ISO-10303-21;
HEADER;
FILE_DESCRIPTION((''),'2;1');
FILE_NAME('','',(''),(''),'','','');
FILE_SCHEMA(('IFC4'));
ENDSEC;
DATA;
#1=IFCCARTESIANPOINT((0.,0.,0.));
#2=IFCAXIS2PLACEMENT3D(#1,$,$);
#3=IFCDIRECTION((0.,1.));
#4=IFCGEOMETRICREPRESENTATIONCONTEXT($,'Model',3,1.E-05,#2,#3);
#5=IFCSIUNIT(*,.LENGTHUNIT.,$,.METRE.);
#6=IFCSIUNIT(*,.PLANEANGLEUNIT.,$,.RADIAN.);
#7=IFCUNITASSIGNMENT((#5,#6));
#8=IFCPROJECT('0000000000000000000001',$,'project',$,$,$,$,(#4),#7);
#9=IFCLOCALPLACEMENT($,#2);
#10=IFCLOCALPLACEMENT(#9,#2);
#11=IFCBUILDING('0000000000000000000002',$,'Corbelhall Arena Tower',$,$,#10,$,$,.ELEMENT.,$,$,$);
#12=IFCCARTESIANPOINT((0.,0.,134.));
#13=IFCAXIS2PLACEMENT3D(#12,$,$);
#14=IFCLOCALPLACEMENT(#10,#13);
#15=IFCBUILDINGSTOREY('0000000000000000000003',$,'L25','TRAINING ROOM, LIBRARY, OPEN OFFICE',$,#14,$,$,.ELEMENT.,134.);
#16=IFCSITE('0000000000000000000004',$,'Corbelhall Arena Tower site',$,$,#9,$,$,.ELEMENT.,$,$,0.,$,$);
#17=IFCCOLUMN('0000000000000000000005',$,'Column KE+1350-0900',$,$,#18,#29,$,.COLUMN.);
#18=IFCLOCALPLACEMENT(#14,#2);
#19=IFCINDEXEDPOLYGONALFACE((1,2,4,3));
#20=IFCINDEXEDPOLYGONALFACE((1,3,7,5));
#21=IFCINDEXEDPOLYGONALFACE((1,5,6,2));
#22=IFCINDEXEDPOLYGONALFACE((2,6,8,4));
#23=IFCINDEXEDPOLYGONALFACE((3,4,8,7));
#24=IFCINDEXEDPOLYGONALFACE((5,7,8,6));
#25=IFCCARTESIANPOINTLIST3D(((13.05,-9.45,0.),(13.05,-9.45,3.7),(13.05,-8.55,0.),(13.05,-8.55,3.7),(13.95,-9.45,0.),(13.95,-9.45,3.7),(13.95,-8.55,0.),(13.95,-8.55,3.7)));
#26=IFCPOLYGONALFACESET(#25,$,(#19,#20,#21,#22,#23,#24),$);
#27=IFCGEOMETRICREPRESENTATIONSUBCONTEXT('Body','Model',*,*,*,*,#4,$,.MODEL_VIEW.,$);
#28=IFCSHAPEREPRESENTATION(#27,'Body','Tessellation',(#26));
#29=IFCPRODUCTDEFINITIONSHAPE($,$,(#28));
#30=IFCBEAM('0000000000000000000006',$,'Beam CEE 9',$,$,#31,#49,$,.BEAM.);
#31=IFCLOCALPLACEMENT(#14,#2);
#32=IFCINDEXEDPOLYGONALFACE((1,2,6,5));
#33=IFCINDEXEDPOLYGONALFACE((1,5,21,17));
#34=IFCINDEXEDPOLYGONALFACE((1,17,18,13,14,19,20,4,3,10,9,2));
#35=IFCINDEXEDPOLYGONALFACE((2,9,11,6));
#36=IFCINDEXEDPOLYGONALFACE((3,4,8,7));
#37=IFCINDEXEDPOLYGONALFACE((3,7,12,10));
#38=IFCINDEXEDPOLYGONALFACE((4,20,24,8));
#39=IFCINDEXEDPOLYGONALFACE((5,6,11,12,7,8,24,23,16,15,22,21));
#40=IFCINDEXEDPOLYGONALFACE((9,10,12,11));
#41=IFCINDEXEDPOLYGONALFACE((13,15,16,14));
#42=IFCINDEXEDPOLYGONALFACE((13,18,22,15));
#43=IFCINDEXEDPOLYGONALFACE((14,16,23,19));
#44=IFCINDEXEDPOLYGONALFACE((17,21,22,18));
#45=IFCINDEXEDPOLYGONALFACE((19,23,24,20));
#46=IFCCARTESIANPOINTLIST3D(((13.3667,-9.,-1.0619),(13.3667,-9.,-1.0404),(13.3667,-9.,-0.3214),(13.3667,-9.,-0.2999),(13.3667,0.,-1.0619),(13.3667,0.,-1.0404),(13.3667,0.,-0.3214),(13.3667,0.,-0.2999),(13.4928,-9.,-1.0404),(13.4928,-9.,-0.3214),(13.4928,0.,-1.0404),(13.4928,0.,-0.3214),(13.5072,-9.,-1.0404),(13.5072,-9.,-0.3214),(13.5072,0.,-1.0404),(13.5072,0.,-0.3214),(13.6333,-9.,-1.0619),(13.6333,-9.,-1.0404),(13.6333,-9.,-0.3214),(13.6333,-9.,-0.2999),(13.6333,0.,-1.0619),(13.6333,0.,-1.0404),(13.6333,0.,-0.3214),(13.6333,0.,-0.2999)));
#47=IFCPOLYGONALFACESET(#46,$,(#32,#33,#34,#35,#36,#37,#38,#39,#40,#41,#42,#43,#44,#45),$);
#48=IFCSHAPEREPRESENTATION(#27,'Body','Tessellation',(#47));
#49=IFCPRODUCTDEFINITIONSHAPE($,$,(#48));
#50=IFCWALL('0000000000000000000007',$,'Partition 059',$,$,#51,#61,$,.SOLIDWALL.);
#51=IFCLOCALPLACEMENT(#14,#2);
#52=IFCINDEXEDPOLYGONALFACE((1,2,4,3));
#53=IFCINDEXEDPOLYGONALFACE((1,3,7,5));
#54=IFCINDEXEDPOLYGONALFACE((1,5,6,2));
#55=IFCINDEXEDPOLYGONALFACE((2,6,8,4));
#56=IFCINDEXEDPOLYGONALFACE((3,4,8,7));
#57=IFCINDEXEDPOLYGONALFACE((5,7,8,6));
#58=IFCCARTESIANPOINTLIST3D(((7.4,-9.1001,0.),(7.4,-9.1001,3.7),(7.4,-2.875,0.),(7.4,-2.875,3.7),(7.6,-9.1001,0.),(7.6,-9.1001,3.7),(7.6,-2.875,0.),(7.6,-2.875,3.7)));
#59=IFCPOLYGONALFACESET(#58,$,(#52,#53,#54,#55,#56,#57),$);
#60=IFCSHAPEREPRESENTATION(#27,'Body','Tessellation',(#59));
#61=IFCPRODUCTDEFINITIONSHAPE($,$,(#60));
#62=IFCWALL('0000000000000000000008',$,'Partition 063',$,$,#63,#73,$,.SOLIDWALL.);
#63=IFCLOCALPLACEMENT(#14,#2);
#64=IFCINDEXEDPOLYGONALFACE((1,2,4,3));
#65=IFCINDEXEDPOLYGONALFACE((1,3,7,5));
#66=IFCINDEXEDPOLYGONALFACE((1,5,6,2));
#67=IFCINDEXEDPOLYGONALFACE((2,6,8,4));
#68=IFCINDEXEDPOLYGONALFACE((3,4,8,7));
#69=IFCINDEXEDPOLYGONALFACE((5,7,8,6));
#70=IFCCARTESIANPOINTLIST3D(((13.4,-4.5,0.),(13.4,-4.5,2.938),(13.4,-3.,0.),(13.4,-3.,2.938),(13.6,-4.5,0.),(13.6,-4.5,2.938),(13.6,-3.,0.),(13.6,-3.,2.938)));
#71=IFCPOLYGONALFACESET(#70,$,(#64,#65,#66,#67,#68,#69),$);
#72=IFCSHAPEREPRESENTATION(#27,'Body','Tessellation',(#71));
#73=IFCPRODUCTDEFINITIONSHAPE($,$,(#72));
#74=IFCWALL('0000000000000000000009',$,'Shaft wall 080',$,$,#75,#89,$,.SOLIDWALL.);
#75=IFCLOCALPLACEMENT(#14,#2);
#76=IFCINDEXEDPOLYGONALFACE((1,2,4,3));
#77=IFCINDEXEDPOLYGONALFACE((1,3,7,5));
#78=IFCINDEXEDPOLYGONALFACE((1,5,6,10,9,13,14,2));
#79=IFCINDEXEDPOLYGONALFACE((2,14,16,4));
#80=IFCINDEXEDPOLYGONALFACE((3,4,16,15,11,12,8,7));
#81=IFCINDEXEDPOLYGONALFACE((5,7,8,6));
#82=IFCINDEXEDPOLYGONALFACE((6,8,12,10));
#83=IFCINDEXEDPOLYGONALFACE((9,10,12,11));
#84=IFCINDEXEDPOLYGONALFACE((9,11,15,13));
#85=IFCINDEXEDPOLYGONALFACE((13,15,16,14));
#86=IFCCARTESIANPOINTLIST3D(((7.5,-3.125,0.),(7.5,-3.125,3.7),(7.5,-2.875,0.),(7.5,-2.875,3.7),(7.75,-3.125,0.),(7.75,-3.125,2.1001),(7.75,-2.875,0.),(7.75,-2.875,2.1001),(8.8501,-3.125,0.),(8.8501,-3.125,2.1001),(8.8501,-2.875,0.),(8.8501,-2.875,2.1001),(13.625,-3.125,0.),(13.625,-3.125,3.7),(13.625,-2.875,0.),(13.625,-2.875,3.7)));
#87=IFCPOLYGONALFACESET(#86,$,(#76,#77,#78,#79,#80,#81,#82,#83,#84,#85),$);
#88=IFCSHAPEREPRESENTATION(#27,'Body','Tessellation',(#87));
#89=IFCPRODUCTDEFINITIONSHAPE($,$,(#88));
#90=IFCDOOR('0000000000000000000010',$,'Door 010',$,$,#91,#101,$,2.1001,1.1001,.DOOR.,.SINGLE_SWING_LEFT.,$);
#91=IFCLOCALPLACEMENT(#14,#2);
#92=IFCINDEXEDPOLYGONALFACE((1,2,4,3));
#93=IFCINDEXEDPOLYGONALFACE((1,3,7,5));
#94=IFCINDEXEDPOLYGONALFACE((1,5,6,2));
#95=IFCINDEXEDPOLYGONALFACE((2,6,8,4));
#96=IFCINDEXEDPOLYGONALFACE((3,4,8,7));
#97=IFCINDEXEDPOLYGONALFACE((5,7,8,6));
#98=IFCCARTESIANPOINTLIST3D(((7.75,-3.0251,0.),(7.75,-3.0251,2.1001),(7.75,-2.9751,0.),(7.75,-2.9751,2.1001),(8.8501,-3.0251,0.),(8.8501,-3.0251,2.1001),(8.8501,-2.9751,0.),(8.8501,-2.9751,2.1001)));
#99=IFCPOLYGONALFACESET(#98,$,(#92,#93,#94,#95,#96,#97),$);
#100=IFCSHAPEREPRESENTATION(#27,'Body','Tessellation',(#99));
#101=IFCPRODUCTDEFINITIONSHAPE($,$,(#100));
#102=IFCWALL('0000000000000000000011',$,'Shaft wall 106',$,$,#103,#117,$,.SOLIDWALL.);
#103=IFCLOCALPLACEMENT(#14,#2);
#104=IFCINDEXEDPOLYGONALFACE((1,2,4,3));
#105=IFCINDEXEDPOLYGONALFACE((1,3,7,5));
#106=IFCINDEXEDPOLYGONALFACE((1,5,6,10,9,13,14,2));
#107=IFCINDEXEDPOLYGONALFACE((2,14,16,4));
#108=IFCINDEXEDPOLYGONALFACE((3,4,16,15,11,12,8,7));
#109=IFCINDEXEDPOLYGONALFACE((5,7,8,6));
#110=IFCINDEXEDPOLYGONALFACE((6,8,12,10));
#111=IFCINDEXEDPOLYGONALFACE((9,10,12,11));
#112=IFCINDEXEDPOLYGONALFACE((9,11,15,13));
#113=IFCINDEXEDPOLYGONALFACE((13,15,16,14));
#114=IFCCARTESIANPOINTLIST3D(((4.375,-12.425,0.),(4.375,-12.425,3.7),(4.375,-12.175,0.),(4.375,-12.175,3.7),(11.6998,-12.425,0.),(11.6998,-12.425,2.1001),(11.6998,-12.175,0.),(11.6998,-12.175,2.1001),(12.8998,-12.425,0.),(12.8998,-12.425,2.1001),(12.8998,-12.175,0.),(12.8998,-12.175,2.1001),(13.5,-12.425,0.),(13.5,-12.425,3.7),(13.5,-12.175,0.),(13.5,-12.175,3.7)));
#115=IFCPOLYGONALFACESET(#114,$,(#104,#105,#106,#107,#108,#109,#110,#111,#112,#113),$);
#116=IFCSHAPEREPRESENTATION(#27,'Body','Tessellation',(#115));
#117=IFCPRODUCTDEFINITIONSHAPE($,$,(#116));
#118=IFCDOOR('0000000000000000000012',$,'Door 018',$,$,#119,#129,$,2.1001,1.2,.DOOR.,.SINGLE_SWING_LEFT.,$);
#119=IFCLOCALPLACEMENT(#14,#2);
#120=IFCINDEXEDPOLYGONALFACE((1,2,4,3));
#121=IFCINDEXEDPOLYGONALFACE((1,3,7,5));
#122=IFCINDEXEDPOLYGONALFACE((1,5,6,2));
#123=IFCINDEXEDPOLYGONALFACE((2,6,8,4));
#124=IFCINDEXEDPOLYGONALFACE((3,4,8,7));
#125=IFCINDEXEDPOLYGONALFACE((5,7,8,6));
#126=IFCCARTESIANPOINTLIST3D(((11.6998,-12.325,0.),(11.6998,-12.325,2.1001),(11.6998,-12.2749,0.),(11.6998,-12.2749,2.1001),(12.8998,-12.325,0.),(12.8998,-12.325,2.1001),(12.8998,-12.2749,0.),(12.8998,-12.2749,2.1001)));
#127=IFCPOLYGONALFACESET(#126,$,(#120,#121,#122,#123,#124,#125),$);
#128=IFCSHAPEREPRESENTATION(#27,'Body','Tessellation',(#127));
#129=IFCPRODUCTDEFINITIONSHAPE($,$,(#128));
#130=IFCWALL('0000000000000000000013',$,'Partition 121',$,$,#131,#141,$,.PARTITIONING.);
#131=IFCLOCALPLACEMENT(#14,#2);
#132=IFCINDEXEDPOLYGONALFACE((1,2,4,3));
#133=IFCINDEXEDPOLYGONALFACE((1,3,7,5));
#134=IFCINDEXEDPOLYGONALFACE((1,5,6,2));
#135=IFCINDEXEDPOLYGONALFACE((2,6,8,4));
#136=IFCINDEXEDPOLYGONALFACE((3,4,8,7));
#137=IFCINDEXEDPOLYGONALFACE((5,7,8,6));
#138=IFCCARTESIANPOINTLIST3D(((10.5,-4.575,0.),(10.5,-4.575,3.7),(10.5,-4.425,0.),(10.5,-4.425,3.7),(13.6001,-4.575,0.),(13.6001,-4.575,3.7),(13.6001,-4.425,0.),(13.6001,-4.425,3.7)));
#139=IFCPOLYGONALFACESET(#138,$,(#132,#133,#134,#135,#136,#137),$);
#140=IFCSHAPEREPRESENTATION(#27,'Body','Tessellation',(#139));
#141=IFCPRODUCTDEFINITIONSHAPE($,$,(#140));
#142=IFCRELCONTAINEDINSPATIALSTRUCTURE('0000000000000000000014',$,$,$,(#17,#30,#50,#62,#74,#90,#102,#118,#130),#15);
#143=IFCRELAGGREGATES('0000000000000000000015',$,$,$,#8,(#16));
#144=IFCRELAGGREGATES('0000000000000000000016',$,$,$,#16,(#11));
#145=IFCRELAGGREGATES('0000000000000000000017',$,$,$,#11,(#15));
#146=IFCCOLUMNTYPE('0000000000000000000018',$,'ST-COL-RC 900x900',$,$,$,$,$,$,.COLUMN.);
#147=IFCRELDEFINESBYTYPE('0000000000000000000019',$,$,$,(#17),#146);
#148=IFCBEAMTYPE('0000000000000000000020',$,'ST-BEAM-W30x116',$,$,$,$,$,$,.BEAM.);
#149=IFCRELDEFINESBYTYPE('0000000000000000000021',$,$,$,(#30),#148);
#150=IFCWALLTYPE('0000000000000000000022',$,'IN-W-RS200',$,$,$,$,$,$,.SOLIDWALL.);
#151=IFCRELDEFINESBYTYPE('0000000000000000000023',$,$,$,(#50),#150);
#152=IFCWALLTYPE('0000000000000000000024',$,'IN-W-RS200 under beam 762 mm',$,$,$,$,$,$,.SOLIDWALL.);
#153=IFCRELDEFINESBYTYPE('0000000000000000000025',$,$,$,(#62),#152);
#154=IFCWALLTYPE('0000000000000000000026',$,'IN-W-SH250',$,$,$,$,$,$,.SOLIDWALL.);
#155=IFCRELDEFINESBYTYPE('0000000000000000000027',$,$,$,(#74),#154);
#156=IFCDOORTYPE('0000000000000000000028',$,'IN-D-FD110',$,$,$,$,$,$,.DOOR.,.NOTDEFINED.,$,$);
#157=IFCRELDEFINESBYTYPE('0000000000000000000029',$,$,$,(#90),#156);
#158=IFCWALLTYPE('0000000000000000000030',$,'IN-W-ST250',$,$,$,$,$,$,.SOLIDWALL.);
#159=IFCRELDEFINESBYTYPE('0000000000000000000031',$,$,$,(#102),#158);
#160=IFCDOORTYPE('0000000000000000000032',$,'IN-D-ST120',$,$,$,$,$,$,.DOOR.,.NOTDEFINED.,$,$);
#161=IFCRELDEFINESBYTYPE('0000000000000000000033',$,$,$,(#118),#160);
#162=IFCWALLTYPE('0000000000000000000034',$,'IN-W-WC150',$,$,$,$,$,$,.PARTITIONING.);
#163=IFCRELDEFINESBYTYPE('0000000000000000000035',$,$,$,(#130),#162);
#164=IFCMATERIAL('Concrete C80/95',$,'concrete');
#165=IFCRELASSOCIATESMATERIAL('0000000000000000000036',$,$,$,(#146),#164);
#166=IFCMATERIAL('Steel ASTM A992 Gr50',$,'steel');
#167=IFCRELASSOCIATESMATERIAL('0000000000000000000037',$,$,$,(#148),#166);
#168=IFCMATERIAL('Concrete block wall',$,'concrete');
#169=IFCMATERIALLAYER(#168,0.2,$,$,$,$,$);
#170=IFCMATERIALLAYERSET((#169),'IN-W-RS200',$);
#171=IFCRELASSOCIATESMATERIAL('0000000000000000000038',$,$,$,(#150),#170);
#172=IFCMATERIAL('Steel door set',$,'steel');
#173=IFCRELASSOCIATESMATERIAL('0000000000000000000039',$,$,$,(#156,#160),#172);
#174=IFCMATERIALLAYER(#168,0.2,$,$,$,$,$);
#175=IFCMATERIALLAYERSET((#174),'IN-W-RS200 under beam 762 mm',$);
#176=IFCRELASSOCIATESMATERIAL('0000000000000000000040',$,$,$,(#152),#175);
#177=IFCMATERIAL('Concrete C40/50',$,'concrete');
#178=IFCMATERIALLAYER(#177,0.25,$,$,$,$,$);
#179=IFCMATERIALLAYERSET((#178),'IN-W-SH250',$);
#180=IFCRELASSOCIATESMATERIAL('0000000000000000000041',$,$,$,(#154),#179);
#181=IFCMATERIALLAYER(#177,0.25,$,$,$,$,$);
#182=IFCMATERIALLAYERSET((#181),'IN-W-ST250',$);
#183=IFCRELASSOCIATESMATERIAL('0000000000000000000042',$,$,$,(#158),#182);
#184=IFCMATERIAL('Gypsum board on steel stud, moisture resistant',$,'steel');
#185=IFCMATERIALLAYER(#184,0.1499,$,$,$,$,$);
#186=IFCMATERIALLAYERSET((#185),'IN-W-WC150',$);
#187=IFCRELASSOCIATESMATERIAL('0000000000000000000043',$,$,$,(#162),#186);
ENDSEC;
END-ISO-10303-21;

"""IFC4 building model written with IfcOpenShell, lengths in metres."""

from ifc_helpers import new_model, si_unit, direction, frame, frame_2d, origin, origin_2d, place, context, subcontext, project, spatial, rectangle, i_section, extrude, material, layer, layer_set, material_profile, profile_set, type_object, element, fill, save


model = new_model("IFC4")

# Units and contexts
model_context = context("Model", 3, precision=1e-05, world=origin(), true_north=direction((0.0, 1.0)))
body_context = subcontext(model_context, "Body", "Model", "MODEL_VIEW")
ifc_project = project(units=[si_unit("LENGTHUNIT", "METRE"), si_unit("PLANEANGLEUNIT", "RADIAN")], contexts=[model_context])

# Site, building, storey
site_placement = place(None, origin())
site = spatial("IfcSite", under=ifc_project, at=site_placement, Name="Corbelhall Arena Tower site", CompositionType="ELEMENT", RefElevation=0.0)
building_placement = place(site_placement, origin())
building = spatial("IfcBuilding", under=site, at=building_placement, Name="Corbelhall Arena Tower", CompositionType="ELEMENT")
storey_placement = place(building_placement, frame((0.0, 0.0, 134.0)))
storey = spatial("IfcBuildingStorey", under=building, at=storey_placement, Name="L25", Description="TRAINING ROOM, LIBRARY, OPEN OFFICE", CompositionType="ELEMENT", Elevation=134.0)

# Column
ifc_material_1 = material(Name="Concrete C80/95", Category="concrete")
ifc_material_profile_1 = material_profile(ifc_material_1, rectangle(XDim=0.8999, YDim=0.8999, at=origin_2d()))
ifc_profile_set_1 = profile_set([ifc_material_profile_1], Name="Concrete C80/95")
column_type = type_object("IfcColumnType", Name="ST-COL-RC 900x900", PredefinedType="COLUMN", material=ifc_profile_set_1)
column_placement = place(storey_placement, frame((13.5, -9.0, 0.0), z_axis=(0.0, 0.0, 1.0), x_axis=(1.0, 0.0, 0.0)))
element("IfcColumn", 1, at=column_placement, inside=storey, type_object=column_type, Name="Column KE+1350-0900", PredefinedType="COLUMN", context=body_context, shape_type="SweptSolid", body=[
    extrude(rectangle(XDim=0.8999, YDim=0.8999, at=origin_2d()), origin(), (0.0, 0.0, 1.0), 3.7),
])

# Beam
ifc_material_2 = material(Name="Steel ASTM A992 Gr50", Category="steel")
ifc_material_profile_2 = material_profile(ifc_material_2, i_section(OverallWidth=0.2666, OverallDepth=0.762, WebThickness=0.0144, FlangeThickness=0.0215, at=origin_2d()))
ifc_profile_set_2 = profile_set([ifc_material_profile_2], Name="Steel ASTM A992 Gr50")
beam_type = type_object("IfcBeamType", Name="ST-BEAM-W30x116", PredefinedType="BEAM", material=ifc_profile_set_2)
beam_placement = place(storey_placement, frame((13.5, -9.0, -0.6809), z_axis=(0.0, 1.0, 0.0), x_axis=(-1.0, 0.0, 0.0)))
element("IfcBeam", 2, at=beam_placement, inside=storey, type_object=beam_type, Name="Beam CEE 9", PredefinedType="BEAM", context=body_context, shape_type="SweptSolid", body=[
    extrude(i_section(OverallWidth=0.2666, OverallDepth=0.762, WebThickness=0.0144, FlangeThickness=0.0215, at=origin_2d()), origin(), (0.0, 0.0, 1.0), 9.0),
])

# Shared definitions
ifc_material_3 = material(Name="Steel door set", Category="steel")

# Wall
ifc_material_4 = material(Name="Concrete block wall", Category="concrete")
ifc_layer_1 = layer(ifc_material_4, 0.2)
ifc_layer_set_1 = layer_set([ifc_layer_1], Name="IN-W-RS200")
wall_type_1 = type_object("IfcWallType", Name="IN-W-RS200", PredefinedType="SOLIDWALL", material=ifc_layer_set_1)
wall_1_placement = place(storey_placement, frame((7.5, -2.875, 0.0), z_axis=(0.0, 0.0, 1.0), x_axis=(0.0, -1.0, 0.0)))
element("IfcWall", 3, at=wall_1_placement, inside=storey, type_object=wall_type_1, Name="Partition 059", PredefinedType="SOLIDWALL", context=body_context, shape_type="SweptSolid", body=[
    extrude(rectangle(XDim=6.2251, YDim=0.2, at=frame_2d((3.1125, 0.0))), origin(), (0.0, 0.0, 1.0), 3.7),
])

# Shared definitions
door_type_1 = type_object("IfcDoorType", Name="IN-D-FD110", OperationType="NOTDEFINED", PredefinedType="DOOR", material=ifc_material_3)

# Wall
ifc_layer_2 = layer(ifc_material_4, 0.2)
ifc_layer_set_2 = layer_set([ifc_layer_2], Name="IN-W-RS200 under beam 762 mm")
wall_type_2 = type_object("IfcWallType", Name="IN-W-RS200 under beam 762 mm", PredefinedType="SOLIDWALL", material=ifc_layer_set_2)
wall_2_placement = place(storey_placement, frame((13.5, -3.0, 0.0), z_axis=(0.0, 0.0, 1.0), x_axis=(0.0, -1.0, 0.0)))
element("IfcWall", 4, at=wall_2_placement, inside=storey, type_object=wall_type_2, Name="Partition 063", PredefinedType="SOLIDWALL", context=body_context, shape_type="SweptSolid", body=[
    extrude(rectangle(XDim=1.5, YDim=0.2, at=frame_2d((0.75, 0.0))), origin(), (0.0, 0.0, 1.0), 2.938),
])

# Walls, openings, doors
ifc_material_5 = material(Name="Concrete C40/50", Category="concrete")
ifc_layer_3 = layer(ifc_material_5, 0.25)
ifc_layer_set_3 = layer_set([ifc_layer_3], Name="IN-W-SH250")
wall_type_3 = type_object("IfcWallType", Name="IN-W-SH250", PredefinedType="SOLIDWALL", material=ifc_layer_set_3)
wall_3_placement = place(storey_placement, frame((7.5, -3.0, 0.0), z_axis=(0.0, 0.0, 1.0), x_axis=(1.0, 0.0, 0.0)))
wall_3 = element("IfcWall", 5, at=wall_3_placement, inside=storey, type_object=wall_type_3, Name="Shaft wall 080", PredefinedType="SOLIDWALL", context=body_context, shape_type="SweptSolid", body=[
    extrude(rectangle(XDim=6.125, YDim=0.25, at=frame_2d((3.0625, 0.0))), origin(), (0.0, 0.0, 1.0), 3.7),
])
opening_1_placement = place(wall_3_placement, frame((0.25, 0.0, 0.0)))
opening_1 = element("IfcOpeningElement", 6, at=opening_1_placement, cuts=wall_3, PredefinedType="OPENING", context=body_context, shape_type="SweptSolid", body=[
    extrude(rectangle(XDim=1.1001, YDim=2.1001, at=frame_2d((0.55, 1.05))), frame((0.0, 0.125, 0.0), z_axis=(0.0, -1.0, 0.0), x_axis=(1.0, 0.0, 0.0)), (0.0, 0.0, 1.0), 0.25),
])
door_1_placement = place(opening_1_placement, origin())
door_1 = element("IfcDoor", 7, at=door_1_placement, inside=storey, type_object=door_type_1, Name="Door 010", OperationType="SINGLE_SWING_LEFT", OverallHeight=2.1001, OverallWidth=1.1001, PredefinedType="DOOR", context=body_context, shape_type="SweptSolid", body=[
    extrude(rectangle(XDim=1.1001, YDim=2.1001, at=frame_2d((0.55, 1.05))), frame((0.0, 0.0249, 0.0), z_axis=(0.0, -1.0, 0.0), x_axis=(1.0, 0.0, 0.0)), (0.0, 0.0, 1.0), 0.05),
])
fill(opening_1, door_1)
ifc_layer_4 = layer(ifc_material_5, 0.25)
ifc_layer_set_4 = layer_set([ifc_layer_4], Name="IN-W-ST250")
wall_type_4 = type_object("IfcWallType", Name="IN-W-ST250", PredefinedType="SOLIDWALL", material=ifc_layer_set_4)
wall_4_placement = place(storey_placement, frame((13.5, -12.3, 0.0), z_axis=(0.0, 0.0, 1.0), x_axis=(-1.0, 0.0, 0.0)))
wall_4 = element("IfcWall", 8, at=wall_4_placement, inside=storey, type_object=wall_type_4, Name="Shaft wall 106", PredefinedType="SOLIDWALL", context=body_context, shape_type="SweptSolid", body=[
    extrude(rectangle(XDim=9.125, YDim=0.25, at=frame_2d((4.5625, 0.0))), origin(), (0.0, 0.0, 1.0), 3.7),
])
opening_2_placement = place(wall_4_placement, frame((0.6001, 0.0, 0.0)))
opening_2 = element("IfcOpeningElement", 9, at=opening_2_placement, cuts=wall_4, PredefinedType="OPENING", context=body_context, shape_type="SweptSolid", body=[
    extrude(rectangle(XDim=1.2, YDim=2.1001, at=frame_2d((0.6001, 1.05))), frame((0.0, 0.125, 0.0), z_axis=(0.0, -1.0, 0.0), x_axis=(1.0, 0.0, 0.0)), (0.0, 0.0, 1.0), 0.25),
])
door_type_2 = type_object("IfcDoorType", Name="IN-D-ST120", OperationType="NOTDEFINED", PredefinedType="DOOR", material=ifc_material_3)
door_2_placement = place(opening_2_placement, origin())
door_2 = element("IfcDoor", 10, at=door_2_placement, inside=storey, type_object=door_type_2, Name="Door 018", OperationType="SINGLE_SWING_LEFT", OverallHeight=2.1001, OverallWidth=1.2, PredefinedType="DOOR", context=body_context, shape_type="SweptSolid", body=[
    extrude(rectangle(XDim=1.2, YDim=2.1001, at=frame_2d((0.6001, 1.05))), frame((0.0, 0.0249, 0.0), z_axis=(0.0, -1.0, 0.0), x_axis=(1.0, 0.0, 0.0)), (0.0, 0.0, 1.0), 0.05),
])
fill(opening_2, door_2)

# Wall
ifc_material_6 = material(Name="Gypsum board on steel stud, moisture resistant", Category="steel")
ifc_layer_5 = layer(ifc_material_6, 0.1499)
ifc_layer_set_5 = layer_set([ifc_layer_5], Name="IN-W-WC150")
wall_type_5 = type_object("IfcWallType", Name="IN-W-WC150", PredefinedType="PARTITIONING", material=ifc_layer_set_5)
wall_5_placement = place(storey_placement, frame((10.5, -4.5, 0.0), z_axis=(0.0, 0.0, 1.0), x_axis=(1.0, 0.0, 0.0)))
element("IfcWall", 11, at=wall_5_placement, inside=storey, type_object=wall_type_5, Name="Partition 121", PredefinedType="PARTITIONING", context=body_context, shape_type="SweptSolid", body=[
    extrude(rectangle(XDim=3.1001, YDim=0.1499, at=frame_2d((1.55, 0.0))), origin(), (0.0, 0.0, 1.0), 3.7),
])

save(model, "model.ifc")
